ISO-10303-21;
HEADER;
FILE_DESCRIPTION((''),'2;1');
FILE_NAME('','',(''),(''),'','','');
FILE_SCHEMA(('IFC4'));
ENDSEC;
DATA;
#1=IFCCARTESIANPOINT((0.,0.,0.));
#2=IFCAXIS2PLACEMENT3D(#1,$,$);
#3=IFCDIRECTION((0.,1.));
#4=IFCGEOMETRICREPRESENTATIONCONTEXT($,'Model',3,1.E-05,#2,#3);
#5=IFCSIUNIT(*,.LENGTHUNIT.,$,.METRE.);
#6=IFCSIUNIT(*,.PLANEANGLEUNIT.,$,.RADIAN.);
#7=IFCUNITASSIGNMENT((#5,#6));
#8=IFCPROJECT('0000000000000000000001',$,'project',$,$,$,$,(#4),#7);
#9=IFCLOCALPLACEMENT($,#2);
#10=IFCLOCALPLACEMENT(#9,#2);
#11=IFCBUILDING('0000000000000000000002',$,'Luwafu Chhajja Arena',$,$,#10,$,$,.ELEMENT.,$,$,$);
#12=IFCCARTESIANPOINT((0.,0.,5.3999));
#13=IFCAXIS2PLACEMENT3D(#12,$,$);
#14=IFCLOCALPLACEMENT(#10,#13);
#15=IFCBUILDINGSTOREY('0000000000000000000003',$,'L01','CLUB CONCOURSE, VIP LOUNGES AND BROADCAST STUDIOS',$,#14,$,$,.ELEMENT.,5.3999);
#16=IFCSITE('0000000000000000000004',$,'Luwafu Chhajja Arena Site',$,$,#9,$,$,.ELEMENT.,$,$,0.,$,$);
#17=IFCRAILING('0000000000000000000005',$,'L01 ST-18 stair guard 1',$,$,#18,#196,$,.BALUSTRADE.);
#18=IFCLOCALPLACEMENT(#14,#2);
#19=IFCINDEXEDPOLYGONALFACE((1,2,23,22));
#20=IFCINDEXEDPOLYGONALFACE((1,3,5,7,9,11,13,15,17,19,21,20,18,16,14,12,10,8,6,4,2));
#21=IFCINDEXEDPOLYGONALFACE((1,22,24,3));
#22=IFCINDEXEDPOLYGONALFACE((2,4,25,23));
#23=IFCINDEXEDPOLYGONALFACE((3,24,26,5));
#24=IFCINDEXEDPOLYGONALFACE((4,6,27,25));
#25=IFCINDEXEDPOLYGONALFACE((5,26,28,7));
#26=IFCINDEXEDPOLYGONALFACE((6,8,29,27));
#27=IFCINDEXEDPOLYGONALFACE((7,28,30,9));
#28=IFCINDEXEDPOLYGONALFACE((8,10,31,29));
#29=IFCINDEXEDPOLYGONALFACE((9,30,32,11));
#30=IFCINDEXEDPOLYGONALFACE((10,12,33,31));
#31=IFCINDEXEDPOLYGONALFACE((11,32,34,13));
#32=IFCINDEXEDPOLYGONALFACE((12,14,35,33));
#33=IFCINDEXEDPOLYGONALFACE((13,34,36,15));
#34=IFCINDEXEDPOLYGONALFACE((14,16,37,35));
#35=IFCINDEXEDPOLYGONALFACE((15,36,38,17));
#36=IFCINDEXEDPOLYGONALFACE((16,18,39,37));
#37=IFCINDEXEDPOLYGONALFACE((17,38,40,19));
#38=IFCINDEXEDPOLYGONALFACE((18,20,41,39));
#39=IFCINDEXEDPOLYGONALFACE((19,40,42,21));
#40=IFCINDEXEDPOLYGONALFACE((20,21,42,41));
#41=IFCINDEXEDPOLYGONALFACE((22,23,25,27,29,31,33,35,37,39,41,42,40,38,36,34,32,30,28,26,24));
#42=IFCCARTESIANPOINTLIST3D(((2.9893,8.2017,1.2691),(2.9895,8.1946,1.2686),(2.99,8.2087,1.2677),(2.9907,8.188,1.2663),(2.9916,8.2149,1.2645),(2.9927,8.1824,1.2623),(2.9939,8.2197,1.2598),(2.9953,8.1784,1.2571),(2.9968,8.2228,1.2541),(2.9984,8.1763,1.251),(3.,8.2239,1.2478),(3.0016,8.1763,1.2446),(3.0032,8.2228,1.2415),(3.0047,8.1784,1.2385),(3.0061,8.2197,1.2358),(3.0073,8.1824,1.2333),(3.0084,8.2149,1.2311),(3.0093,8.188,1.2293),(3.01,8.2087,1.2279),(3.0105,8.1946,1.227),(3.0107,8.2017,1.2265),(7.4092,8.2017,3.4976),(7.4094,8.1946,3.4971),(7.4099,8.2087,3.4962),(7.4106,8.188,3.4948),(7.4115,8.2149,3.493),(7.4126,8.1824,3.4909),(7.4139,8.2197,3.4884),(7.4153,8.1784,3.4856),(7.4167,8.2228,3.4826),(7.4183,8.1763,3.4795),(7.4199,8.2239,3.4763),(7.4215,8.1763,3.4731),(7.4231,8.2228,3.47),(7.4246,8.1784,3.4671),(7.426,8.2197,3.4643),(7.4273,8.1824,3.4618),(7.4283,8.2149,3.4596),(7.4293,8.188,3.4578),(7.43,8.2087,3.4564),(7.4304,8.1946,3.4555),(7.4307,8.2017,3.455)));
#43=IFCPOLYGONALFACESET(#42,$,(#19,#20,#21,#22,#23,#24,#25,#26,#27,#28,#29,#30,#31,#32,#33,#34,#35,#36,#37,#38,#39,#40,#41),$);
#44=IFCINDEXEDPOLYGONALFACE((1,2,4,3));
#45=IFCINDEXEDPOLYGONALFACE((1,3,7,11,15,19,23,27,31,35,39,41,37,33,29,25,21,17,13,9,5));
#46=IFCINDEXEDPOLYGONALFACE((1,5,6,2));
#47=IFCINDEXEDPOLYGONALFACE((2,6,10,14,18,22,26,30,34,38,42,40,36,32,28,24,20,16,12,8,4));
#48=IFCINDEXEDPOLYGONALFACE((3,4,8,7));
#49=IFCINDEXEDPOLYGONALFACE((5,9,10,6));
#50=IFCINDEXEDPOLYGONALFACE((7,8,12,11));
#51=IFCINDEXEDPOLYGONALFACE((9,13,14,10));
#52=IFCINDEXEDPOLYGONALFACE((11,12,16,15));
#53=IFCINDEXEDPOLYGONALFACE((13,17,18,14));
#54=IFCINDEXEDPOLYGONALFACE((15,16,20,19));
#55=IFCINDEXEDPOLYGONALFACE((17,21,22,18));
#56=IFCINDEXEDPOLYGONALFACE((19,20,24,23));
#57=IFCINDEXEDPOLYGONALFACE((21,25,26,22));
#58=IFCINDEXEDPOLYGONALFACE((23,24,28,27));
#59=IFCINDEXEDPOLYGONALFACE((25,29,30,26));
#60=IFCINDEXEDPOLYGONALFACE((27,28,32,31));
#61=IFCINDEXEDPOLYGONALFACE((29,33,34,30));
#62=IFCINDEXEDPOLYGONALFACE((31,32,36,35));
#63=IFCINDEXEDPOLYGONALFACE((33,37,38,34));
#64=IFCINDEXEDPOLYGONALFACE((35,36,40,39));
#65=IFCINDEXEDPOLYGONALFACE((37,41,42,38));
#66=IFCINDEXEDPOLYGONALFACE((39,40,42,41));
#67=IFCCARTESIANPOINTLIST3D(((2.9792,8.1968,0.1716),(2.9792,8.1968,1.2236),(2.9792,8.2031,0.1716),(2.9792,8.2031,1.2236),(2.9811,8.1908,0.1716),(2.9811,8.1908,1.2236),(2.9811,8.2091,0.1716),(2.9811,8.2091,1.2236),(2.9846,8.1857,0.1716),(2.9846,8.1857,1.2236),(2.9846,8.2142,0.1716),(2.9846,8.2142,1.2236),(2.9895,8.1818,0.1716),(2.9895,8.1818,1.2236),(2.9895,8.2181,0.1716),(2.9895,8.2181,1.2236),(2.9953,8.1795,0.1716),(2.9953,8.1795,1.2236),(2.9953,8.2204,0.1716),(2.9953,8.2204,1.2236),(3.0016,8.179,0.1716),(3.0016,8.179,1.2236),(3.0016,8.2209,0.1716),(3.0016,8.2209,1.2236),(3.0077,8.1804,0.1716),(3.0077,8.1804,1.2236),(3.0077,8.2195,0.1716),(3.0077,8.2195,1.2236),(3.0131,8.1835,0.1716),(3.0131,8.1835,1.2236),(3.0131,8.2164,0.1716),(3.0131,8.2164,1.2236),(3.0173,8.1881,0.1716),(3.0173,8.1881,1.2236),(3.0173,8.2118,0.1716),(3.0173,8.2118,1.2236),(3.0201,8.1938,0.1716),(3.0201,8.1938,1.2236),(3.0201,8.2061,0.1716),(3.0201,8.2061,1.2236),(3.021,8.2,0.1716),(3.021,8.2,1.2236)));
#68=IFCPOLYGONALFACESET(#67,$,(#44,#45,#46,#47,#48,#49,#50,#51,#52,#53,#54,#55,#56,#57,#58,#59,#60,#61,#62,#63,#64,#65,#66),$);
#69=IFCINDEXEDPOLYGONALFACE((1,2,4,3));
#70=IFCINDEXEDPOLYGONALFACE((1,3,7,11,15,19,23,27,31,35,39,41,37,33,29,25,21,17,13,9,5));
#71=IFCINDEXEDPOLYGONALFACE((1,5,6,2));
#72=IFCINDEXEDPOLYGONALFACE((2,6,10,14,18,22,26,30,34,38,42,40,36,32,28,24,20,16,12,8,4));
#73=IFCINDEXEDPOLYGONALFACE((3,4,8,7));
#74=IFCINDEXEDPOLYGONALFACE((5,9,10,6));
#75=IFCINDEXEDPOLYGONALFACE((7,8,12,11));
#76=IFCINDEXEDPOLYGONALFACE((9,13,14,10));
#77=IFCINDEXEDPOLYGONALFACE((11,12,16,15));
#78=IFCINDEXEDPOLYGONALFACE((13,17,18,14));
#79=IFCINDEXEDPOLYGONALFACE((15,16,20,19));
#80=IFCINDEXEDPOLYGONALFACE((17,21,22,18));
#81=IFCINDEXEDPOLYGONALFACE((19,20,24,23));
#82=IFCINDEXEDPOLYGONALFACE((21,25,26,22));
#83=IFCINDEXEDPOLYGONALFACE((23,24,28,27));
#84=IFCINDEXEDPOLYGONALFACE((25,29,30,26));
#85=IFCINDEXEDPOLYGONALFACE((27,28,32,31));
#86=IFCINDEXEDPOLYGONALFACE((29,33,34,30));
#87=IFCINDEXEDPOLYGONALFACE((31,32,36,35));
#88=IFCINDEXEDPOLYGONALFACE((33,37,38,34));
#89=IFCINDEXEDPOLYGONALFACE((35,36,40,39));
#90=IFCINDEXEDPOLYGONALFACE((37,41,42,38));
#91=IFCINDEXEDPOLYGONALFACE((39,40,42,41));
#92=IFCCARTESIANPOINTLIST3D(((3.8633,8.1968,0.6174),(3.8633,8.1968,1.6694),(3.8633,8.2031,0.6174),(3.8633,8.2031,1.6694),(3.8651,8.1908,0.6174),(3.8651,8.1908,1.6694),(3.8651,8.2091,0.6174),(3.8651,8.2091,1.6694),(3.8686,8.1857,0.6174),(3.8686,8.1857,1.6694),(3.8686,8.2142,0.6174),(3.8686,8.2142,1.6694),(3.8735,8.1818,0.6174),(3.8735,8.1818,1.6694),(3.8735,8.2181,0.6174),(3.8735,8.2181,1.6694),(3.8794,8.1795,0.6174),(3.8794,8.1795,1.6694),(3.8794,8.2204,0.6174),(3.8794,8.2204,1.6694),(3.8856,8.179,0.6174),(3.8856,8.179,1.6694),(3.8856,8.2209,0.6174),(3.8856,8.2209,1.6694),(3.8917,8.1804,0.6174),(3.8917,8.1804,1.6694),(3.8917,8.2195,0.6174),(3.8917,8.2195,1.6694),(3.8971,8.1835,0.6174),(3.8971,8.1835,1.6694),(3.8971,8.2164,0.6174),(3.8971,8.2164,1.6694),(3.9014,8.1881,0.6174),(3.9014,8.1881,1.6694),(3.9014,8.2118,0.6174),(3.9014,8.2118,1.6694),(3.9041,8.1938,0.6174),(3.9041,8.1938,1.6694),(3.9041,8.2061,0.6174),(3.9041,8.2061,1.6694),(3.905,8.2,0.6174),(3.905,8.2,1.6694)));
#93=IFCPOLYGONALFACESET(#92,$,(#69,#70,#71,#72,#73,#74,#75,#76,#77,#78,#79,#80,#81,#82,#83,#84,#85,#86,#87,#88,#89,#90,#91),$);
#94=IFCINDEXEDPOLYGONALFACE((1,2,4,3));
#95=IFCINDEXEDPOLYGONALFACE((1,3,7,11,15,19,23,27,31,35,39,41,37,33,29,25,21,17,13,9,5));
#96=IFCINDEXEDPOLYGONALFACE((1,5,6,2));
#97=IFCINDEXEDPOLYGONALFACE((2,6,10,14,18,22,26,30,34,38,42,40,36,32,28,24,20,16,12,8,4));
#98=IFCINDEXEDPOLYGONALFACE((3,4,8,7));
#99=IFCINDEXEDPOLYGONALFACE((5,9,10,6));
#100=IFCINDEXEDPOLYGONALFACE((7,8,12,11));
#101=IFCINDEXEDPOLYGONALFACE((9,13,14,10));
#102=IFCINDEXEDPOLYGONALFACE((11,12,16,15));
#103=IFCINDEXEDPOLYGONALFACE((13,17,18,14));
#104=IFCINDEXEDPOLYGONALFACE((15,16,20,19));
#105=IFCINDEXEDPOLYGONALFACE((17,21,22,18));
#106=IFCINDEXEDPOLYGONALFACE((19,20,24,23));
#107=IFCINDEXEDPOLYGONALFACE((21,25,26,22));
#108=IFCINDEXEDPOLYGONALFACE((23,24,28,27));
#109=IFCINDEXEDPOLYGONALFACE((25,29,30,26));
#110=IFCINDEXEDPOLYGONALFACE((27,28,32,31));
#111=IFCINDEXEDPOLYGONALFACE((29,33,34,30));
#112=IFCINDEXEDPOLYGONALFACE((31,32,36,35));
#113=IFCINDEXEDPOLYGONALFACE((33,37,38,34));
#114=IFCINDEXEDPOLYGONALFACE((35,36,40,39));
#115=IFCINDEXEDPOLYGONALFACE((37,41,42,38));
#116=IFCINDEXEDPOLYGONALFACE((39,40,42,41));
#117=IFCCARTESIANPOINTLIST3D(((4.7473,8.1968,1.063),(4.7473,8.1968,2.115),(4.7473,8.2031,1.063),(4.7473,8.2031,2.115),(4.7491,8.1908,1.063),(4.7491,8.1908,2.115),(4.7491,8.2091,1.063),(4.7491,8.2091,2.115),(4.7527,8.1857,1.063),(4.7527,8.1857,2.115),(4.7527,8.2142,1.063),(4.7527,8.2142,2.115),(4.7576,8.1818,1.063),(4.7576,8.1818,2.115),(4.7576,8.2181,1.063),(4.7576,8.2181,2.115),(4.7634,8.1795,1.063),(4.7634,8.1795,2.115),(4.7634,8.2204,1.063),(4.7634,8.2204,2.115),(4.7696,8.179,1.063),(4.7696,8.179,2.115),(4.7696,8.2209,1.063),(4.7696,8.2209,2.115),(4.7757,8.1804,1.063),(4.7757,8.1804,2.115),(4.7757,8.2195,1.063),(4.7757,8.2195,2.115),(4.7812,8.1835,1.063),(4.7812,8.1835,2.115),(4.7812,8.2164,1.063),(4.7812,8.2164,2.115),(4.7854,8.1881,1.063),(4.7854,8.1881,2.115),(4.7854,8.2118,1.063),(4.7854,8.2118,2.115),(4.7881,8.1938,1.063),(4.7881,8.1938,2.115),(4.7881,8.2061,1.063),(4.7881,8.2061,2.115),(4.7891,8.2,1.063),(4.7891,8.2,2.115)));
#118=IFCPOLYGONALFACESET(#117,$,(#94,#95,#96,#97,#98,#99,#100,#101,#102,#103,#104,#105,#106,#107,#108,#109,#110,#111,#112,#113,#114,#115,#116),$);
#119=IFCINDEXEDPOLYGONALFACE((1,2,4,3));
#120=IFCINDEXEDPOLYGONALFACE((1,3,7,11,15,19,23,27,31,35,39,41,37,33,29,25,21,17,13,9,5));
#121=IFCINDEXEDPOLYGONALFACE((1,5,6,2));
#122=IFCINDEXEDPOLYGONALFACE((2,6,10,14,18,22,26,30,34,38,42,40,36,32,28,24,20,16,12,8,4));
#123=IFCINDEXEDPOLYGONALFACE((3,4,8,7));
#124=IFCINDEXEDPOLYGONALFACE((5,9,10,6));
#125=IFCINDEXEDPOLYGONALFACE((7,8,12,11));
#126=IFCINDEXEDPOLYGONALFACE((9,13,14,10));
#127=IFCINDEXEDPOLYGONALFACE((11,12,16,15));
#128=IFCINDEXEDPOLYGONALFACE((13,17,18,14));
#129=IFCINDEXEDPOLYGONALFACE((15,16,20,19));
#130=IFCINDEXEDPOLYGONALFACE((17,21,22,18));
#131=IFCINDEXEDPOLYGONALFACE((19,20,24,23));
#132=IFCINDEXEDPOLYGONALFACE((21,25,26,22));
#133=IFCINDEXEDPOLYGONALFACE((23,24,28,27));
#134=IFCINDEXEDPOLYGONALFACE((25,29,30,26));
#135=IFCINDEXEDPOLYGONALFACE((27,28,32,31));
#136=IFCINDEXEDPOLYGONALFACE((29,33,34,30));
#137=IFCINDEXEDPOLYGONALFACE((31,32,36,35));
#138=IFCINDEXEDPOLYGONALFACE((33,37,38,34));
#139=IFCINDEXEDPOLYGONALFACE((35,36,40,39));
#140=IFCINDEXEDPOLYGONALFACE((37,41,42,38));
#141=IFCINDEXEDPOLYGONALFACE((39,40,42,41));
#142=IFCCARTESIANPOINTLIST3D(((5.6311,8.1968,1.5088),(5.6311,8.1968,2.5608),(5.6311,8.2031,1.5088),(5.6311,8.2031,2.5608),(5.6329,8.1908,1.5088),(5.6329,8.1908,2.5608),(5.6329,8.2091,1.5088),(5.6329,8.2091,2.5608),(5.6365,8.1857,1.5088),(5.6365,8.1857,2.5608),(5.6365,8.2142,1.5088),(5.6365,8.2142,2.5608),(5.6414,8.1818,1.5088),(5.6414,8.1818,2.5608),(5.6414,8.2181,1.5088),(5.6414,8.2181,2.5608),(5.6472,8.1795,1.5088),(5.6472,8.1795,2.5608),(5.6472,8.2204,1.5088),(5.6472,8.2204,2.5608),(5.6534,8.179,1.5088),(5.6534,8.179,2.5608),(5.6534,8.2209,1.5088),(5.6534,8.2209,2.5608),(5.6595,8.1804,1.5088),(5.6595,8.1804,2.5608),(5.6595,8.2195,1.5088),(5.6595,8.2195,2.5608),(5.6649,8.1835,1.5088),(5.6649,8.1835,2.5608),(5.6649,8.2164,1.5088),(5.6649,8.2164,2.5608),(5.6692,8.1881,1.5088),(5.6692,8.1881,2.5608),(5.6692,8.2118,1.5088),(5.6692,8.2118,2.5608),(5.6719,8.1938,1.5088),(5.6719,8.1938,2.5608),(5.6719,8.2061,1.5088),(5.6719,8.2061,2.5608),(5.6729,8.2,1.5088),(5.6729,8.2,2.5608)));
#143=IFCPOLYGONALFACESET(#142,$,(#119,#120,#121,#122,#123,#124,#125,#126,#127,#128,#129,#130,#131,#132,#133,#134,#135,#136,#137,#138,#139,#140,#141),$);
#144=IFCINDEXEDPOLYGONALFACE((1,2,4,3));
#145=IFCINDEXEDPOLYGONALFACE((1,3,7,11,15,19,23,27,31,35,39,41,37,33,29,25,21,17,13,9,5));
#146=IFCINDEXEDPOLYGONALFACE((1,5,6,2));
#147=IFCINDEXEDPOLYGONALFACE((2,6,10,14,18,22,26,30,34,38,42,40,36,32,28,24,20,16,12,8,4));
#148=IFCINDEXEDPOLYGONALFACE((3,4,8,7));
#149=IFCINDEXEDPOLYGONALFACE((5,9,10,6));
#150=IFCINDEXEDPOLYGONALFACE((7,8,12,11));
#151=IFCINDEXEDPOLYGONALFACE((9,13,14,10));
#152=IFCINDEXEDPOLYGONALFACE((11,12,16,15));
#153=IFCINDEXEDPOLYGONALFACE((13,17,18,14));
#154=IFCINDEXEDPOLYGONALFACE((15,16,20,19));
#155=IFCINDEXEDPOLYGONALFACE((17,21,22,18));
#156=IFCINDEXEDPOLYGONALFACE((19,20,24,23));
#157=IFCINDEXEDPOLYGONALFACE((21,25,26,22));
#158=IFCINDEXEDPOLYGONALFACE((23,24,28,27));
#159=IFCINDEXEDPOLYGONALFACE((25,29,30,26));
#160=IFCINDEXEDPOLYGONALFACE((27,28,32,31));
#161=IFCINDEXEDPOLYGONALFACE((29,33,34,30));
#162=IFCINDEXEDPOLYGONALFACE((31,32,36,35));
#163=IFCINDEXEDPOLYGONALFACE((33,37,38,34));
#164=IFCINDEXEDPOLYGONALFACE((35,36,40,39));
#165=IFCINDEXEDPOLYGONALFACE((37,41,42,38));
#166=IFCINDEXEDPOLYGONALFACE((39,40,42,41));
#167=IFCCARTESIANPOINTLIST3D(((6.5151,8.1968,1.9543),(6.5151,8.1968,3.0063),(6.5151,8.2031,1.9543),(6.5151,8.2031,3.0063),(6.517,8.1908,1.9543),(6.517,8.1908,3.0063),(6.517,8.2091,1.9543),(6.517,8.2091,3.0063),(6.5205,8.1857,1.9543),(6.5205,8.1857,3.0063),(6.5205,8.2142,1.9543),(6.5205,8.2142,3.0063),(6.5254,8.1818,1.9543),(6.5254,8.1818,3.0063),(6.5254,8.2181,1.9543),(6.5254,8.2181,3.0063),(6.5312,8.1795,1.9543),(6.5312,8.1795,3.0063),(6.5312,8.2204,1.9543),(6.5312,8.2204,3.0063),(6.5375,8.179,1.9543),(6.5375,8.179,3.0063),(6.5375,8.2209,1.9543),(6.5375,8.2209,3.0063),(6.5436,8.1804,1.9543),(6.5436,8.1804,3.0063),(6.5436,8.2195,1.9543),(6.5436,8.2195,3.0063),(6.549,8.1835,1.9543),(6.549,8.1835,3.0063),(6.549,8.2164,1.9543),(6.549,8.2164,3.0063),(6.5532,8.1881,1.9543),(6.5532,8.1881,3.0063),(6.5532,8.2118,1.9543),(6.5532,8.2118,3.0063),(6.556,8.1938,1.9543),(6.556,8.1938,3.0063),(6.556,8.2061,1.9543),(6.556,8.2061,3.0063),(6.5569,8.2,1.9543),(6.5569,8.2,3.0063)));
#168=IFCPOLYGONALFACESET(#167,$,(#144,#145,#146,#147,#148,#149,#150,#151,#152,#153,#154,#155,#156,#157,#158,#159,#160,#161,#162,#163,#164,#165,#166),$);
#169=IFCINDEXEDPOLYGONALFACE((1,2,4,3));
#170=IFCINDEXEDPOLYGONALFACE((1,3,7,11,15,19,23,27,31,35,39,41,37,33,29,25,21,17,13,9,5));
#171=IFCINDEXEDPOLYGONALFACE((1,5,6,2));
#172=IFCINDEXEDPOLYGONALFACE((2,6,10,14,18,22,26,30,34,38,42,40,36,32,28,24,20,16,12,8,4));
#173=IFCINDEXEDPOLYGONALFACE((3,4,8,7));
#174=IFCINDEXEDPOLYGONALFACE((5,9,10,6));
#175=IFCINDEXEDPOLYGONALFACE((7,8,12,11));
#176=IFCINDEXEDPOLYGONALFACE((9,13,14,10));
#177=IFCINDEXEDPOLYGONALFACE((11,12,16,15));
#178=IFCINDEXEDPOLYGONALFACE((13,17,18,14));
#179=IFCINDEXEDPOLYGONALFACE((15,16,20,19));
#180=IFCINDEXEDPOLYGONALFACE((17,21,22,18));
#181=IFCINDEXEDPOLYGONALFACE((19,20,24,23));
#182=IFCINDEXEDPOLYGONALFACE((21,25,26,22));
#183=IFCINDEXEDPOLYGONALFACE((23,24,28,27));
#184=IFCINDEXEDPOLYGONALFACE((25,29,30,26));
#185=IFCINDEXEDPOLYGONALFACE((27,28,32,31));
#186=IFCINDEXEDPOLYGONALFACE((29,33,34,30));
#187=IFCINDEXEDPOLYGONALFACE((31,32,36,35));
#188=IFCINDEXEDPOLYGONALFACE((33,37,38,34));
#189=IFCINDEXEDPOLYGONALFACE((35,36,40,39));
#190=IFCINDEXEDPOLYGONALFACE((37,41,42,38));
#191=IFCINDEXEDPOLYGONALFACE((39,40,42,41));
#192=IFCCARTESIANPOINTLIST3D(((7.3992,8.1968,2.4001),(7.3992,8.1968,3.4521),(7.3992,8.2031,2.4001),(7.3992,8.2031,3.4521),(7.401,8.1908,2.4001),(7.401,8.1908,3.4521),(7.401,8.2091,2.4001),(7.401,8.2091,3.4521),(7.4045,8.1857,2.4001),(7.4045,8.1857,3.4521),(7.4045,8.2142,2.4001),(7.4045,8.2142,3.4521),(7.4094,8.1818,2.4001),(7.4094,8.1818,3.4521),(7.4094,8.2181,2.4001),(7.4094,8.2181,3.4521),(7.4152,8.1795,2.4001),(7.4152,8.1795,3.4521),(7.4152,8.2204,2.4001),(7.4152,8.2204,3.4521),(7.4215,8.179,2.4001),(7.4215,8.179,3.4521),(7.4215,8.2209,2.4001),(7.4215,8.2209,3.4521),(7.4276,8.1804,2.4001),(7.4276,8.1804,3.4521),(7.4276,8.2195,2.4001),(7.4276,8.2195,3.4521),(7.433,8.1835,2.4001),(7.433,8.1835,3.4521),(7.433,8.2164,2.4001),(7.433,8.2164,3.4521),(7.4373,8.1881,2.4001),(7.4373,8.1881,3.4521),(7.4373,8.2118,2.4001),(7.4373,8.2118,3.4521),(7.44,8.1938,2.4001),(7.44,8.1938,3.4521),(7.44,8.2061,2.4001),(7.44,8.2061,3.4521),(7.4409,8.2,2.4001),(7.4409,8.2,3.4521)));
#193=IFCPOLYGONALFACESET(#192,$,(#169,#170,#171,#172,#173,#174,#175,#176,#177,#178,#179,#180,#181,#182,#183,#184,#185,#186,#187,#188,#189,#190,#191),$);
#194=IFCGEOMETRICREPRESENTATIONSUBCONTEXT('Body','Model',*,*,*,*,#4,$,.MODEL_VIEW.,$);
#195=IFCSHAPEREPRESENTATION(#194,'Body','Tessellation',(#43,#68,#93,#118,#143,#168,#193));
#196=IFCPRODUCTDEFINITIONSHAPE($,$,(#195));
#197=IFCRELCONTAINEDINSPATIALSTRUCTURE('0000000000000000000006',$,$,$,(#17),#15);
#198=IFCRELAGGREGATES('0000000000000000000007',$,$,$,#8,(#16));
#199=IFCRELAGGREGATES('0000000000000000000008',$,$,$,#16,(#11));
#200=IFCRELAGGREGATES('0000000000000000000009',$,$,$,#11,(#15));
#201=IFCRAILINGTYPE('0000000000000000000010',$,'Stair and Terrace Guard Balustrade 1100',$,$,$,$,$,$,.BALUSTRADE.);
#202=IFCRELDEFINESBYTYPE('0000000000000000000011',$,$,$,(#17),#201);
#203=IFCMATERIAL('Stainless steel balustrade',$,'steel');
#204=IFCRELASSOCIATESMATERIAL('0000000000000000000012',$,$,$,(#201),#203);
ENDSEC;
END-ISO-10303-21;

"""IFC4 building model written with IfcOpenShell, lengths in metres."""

from ifc_helpers import new_model, si_unit, direction, frame, origin, origin_2d, place, context, subcontext, project, spatial, circle, extrude, material, type_object, element, save


model = new_model("IFC4")

# Units and contexts
model_context = context("Model", 3, precision=1e-05, world=origin(), true_north=direction((0.0, 1.0)))
body_context = subcontext(model_context, "Body", "Model", "MODEL_VIEW")
ifc_project = project(units=[si_unit("LENGTHUNIT", "METRE"), si_unit("PLANEANGLEUNIT", "RADIAN")], contexts=[model_context])

# Site, building, storey
site_placement = place(None, origin())
site = spatial("IfcSite", under=ifc_project, at=site_placement, Name="Luwafu Chhajja Arena Site", CompositionType="ELEMENT", RefElevation=0.0)
building_placement = place(site_placement, origin())
building = spatial("IfcBuilding", under=site, at=building_placement, Name="Luwafu Chhajja Arena", CompositionType="ELEMENT")
storey_placement = place(building_placement, frame((0.0, 0.0, 5.3999)))
storey = spatial("IfcBuildingStorey", under=building, at=storey_placement, Name="L01", Description="CLUB CONCOURSE, VIP LOUNGES AND BROADCAST STUDIOS", CompositionType="ELEMENT", Elevation=5.3999)

# Shared definitions
ifc_material_1 = material(Name="Stainless steel balustrade", Category="steel")

# Railing
railing_type_1 = type_object("IfcRailingType", Name="Stair and Terrace Guard Balustrade 1100", PredefinedType="BALUSTRADE", material=ifc_material_1)
railing_1_placement = place(storey_placement, frame((3.0, 8.2, 0.1716)))
element("IfcRailing", 1, at=railing_1_placement, inside=storey, type_object=railing_type_1, Name="L01 ST-18 stair guard 1", PredefinedType="BALUSTRADE", context=body_context, shape_type="SweptSolid", body=[
    extrude(circle(Radius=0.0239, at=origin_2d()), frame((0.0, 0.0, 1.0762), z_axis=(0.892923, 0.0, 0.45021), x_axis=(0.0, 1.0, 0.0)), (0.0, 0.0, 1.0), 4.95),
    extrude(circle(Radius=0.021, at=origin_2d()), origin(), (0.0, 0.0, 1.0), 1.052),
    extrude(circle(Radius=0.021, at=origin_2d()), frame((0.884, 0.0, 0.4458)), (0.0, 0.0, 1.0), 1.052),
    extrude(circle(Radius=0.021, at=origin_2d()), frame((1.7681, 0.0, 0.8914)), (0.0, 0.0, 1.0), 1.052),
    extrude(circle(Radius=0.021, at=origin_2d()), frame((2.6519, 0.0, 1.3372)), (0.0, 0.0, 1.0), 1.052),
    extrude(circle(Radius=0.021, at=origin_2d()), frame((3.5359, 0.0, 1.7827)), (0.0, 0.0, 1.0), 1.052),
    extrude(circle(Radius=0.021, at=origin_2d()), frame((4.4199, 0.0, 2.2285)), (0.0, 0.0, 1.0), 1.052),
])

save(model, "model.ifc")
